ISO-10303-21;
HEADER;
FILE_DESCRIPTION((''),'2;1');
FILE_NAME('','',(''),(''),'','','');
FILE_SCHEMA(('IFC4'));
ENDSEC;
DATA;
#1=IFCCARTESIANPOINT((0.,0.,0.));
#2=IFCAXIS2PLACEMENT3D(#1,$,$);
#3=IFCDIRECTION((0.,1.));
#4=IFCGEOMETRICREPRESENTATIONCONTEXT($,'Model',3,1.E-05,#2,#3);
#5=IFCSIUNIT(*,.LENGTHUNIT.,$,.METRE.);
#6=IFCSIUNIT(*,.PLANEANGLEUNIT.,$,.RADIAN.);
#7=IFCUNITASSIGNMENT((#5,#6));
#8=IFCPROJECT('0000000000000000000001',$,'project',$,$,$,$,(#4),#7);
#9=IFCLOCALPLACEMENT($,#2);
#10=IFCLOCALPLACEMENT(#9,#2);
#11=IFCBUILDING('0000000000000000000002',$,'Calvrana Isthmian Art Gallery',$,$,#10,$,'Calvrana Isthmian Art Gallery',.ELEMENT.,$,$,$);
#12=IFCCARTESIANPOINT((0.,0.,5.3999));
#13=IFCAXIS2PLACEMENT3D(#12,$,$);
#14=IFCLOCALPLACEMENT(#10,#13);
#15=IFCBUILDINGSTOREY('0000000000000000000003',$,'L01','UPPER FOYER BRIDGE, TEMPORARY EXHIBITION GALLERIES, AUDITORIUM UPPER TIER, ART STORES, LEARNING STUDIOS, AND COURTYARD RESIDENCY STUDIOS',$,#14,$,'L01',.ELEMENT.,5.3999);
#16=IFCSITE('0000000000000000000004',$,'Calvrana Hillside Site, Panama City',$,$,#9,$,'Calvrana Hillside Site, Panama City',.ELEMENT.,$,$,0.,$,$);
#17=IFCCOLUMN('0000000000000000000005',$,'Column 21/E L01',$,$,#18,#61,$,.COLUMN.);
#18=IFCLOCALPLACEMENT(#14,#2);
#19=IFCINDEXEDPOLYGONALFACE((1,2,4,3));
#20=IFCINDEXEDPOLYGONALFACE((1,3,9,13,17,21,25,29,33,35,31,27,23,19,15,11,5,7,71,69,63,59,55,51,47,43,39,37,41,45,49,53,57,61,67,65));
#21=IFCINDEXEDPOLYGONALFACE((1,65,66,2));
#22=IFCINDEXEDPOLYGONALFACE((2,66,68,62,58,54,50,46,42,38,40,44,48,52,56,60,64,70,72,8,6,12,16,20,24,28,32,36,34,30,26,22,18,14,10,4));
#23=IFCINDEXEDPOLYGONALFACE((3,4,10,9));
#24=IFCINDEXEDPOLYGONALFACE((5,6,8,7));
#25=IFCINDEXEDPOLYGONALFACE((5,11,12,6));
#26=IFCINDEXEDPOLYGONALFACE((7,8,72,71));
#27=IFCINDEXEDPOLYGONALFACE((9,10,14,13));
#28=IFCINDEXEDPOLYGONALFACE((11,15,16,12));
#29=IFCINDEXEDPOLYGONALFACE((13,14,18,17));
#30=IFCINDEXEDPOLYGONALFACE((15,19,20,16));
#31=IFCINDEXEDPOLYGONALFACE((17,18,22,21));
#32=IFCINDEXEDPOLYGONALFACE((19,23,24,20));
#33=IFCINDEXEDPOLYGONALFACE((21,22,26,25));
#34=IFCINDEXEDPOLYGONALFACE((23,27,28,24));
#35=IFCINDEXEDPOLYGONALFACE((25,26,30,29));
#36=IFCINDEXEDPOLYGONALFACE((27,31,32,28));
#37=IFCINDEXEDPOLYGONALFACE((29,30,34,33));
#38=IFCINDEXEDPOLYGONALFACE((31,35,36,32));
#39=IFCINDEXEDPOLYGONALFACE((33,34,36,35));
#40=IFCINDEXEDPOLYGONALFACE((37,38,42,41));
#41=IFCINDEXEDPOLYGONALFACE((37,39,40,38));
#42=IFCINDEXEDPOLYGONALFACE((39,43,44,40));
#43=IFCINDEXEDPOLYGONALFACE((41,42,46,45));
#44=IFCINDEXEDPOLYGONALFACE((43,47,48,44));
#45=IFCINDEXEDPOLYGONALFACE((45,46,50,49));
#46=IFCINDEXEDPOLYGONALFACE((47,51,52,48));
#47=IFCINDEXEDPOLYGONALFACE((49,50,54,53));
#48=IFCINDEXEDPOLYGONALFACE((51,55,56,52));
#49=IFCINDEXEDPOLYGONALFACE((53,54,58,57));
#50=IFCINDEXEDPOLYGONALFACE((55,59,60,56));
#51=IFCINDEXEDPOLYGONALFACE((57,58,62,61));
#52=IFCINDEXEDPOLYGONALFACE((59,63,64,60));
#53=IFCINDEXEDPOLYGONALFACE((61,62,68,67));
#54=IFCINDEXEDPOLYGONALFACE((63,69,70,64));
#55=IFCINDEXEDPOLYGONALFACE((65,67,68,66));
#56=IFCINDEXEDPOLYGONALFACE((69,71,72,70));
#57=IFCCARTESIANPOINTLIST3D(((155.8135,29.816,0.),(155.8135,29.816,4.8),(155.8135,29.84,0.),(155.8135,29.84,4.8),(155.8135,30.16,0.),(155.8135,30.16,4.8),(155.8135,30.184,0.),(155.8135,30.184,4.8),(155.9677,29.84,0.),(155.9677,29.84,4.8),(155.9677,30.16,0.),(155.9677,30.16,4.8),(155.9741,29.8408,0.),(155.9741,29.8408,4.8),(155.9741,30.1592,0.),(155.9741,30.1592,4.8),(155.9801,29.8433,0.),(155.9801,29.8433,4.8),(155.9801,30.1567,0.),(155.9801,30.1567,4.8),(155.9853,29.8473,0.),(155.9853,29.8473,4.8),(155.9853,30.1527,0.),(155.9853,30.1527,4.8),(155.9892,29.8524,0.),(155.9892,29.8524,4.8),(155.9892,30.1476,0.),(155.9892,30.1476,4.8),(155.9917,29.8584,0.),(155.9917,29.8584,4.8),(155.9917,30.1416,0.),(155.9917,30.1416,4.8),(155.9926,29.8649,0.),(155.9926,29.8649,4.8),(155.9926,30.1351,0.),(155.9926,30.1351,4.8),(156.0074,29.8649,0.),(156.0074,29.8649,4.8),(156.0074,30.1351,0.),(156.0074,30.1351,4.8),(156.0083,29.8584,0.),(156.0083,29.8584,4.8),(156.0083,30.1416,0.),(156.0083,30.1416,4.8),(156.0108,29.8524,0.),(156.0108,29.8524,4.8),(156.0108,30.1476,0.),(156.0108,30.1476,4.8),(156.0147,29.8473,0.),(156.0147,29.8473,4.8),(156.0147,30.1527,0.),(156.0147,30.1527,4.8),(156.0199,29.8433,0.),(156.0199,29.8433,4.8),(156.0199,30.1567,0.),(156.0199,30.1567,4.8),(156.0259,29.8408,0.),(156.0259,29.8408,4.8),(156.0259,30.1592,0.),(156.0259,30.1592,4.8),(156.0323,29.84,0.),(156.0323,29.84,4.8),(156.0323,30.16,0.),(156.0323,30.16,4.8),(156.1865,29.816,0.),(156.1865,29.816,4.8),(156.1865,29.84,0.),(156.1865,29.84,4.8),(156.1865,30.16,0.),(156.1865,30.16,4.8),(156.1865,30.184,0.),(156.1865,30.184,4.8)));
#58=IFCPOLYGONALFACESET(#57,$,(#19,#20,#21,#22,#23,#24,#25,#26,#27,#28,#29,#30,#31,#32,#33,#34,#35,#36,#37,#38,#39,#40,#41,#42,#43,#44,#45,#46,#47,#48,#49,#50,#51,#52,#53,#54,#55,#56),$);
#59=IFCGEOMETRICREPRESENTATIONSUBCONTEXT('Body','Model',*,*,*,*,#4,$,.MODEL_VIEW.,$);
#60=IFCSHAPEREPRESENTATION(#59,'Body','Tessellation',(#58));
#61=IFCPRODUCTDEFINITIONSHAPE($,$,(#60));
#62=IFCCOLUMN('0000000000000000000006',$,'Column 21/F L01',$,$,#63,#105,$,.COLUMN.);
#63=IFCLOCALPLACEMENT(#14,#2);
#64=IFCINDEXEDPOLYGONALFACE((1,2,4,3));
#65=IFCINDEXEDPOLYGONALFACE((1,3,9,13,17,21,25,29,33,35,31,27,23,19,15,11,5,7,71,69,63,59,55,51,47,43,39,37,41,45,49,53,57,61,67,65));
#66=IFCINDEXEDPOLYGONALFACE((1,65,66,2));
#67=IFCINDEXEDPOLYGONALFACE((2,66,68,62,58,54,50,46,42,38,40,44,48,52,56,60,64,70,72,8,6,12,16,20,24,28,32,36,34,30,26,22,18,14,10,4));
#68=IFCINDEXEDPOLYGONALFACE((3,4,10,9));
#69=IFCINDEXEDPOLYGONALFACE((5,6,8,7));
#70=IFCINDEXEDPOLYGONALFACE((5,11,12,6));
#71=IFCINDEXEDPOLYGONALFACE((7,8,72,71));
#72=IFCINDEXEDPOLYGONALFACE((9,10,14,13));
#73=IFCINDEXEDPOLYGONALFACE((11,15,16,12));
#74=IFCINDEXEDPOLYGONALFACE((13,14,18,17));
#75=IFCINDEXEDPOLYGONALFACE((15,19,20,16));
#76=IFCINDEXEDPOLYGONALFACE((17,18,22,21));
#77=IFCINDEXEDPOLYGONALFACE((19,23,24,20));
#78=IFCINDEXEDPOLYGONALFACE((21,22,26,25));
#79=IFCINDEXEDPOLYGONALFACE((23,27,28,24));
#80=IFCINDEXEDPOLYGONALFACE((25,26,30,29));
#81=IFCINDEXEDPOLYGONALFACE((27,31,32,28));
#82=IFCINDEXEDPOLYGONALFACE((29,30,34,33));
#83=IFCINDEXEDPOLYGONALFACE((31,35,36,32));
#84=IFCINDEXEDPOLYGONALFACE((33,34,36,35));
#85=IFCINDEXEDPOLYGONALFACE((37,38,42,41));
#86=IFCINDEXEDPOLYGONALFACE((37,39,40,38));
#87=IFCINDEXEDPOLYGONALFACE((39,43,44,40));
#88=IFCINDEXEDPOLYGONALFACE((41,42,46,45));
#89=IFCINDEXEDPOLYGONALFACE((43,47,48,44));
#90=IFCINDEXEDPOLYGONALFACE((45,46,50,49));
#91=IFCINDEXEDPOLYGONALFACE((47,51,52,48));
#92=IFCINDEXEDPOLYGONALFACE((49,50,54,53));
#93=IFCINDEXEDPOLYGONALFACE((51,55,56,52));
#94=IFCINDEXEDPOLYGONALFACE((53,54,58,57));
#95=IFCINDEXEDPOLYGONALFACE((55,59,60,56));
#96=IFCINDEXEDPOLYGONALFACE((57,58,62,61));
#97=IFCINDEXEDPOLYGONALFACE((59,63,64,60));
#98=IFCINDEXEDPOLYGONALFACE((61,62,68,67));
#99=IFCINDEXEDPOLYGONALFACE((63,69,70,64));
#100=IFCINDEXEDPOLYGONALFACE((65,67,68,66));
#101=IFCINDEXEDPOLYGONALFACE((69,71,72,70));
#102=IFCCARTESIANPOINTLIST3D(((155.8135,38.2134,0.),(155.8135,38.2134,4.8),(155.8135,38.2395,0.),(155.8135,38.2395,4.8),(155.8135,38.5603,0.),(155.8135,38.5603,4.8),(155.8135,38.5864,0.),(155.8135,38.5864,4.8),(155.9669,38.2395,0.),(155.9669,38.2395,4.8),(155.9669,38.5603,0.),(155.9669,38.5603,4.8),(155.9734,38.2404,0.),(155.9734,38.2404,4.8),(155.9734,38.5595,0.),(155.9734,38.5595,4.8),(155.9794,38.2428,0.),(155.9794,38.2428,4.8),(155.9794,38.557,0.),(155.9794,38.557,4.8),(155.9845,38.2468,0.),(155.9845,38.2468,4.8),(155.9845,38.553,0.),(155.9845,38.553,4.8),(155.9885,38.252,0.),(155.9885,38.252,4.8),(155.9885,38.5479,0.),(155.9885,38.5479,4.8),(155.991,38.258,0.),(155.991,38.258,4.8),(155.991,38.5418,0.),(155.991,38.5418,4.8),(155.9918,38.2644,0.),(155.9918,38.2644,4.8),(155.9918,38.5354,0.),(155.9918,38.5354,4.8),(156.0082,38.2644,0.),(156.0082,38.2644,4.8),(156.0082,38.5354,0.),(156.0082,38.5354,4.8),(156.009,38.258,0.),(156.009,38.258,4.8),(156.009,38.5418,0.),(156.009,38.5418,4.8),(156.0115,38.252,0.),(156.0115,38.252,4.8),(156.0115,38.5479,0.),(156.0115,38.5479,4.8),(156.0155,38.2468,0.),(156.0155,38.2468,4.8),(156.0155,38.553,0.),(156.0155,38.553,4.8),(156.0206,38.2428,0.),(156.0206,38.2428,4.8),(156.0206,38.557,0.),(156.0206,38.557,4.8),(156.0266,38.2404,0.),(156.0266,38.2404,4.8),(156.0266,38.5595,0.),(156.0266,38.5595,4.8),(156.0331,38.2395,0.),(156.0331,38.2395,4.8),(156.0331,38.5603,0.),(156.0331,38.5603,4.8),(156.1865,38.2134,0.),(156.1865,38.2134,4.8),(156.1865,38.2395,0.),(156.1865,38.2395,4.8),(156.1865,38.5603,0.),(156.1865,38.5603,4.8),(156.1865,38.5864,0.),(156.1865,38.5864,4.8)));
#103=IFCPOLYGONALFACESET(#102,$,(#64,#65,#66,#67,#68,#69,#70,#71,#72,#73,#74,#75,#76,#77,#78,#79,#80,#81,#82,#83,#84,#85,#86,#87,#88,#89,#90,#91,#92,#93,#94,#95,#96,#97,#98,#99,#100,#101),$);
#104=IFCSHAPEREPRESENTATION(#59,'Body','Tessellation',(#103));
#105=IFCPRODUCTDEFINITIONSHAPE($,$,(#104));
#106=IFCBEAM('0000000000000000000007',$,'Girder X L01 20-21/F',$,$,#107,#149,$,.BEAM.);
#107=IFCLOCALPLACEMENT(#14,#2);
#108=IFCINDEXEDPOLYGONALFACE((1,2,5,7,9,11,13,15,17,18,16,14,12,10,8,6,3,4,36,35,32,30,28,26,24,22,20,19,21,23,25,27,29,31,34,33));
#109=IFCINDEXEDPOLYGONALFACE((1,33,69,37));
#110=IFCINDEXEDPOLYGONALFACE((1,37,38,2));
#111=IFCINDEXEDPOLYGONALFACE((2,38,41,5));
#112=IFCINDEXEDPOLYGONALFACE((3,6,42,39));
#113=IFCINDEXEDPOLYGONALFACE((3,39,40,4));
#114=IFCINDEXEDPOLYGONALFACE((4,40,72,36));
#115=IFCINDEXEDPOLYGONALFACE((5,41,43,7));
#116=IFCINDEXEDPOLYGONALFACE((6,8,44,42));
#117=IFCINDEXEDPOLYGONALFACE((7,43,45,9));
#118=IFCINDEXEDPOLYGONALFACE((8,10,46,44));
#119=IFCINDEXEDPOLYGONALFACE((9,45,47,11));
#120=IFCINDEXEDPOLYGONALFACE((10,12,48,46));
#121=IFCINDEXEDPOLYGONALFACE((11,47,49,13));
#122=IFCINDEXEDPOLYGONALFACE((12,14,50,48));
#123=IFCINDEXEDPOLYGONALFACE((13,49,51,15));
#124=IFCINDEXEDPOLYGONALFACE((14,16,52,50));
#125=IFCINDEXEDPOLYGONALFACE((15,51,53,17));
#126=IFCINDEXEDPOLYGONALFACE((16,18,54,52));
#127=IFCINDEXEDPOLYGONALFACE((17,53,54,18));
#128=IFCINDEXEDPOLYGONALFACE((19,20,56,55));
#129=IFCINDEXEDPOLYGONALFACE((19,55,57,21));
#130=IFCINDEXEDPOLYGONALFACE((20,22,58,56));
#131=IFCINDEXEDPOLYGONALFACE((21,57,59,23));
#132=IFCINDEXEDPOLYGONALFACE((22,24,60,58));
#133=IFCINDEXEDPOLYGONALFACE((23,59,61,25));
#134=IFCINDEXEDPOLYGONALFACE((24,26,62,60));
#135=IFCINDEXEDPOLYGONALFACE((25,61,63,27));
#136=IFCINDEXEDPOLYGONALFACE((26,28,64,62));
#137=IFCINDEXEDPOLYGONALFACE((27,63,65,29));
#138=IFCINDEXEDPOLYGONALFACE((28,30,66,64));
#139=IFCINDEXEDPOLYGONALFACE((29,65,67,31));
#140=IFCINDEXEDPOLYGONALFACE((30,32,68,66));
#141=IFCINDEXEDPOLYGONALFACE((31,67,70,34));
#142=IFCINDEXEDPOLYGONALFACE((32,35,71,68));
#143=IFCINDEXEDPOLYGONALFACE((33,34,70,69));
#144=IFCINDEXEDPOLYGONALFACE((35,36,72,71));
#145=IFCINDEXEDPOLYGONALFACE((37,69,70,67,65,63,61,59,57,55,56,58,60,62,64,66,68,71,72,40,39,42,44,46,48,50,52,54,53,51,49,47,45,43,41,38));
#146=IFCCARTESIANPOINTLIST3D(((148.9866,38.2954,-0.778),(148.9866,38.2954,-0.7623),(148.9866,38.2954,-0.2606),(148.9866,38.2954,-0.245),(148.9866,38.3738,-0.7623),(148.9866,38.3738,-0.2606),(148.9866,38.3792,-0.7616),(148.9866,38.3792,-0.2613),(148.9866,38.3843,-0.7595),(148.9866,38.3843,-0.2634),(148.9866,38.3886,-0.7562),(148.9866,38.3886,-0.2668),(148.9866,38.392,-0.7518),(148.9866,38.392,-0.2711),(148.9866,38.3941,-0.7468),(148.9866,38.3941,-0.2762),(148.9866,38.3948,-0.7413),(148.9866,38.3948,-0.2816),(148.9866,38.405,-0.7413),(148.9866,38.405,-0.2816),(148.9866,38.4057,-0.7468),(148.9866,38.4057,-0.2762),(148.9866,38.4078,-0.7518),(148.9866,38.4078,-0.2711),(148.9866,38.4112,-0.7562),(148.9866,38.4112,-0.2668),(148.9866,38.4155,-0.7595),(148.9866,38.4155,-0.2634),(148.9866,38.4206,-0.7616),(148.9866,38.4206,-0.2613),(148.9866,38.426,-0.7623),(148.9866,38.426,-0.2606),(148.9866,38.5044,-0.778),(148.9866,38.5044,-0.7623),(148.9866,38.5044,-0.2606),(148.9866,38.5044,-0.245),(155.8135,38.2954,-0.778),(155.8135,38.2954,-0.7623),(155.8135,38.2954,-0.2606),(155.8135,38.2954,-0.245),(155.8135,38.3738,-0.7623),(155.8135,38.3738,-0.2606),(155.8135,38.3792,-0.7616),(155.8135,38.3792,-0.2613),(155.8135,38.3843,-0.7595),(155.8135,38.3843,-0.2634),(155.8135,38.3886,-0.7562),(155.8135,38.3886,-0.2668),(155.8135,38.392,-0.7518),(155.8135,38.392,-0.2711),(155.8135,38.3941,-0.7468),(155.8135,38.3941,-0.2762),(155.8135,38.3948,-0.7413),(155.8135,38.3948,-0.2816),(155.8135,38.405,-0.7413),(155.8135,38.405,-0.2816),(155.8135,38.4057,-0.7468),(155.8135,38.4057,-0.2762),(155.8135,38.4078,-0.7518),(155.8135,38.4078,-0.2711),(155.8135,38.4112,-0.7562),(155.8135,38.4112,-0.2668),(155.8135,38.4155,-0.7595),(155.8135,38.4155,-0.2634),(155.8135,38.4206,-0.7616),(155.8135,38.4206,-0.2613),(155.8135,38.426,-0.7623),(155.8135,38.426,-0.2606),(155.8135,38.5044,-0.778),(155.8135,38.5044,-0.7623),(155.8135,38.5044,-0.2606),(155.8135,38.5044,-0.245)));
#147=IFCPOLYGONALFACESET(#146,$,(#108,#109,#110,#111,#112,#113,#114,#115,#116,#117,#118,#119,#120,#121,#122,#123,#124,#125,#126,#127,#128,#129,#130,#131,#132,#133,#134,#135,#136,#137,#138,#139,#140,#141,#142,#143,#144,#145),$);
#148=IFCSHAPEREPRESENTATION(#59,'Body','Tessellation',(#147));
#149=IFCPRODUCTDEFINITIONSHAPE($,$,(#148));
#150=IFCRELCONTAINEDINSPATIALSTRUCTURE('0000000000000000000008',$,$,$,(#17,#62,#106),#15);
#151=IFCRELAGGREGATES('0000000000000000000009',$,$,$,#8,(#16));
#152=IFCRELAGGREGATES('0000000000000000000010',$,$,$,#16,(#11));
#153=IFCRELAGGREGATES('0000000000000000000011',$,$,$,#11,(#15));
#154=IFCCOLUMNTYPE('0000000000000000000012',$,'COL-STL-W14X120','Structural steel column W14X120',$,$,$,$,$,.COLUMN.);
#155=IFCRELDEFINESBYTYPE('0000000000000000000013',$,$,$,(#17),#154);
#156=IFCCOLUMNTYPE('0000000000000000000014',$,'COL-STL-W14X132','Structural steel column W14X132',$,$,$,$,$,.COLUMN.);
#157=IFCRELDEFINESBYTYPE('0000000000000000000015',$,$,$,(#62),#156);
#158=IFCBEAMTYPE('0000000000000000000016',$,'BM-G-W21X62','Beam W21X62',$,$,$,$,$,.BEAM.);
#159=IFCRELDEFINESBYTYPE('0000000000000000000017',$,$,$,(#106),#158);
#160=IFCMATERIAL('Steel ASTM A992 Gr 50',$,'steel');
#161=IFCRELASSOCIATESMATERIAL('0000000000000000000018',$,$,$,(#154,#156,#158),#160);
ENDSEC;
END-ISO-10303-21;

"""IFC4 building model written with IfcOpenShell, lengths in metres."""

from ifc_helpers import new_model, si_unit, direction, frame, origin, origin_2d, place, context, subcontext, project, spatial, i_section, extrude, material, material_profile, profile_set, type_object, element, save


model = new_model("IFC4")

# Units and contexts
model_context = context("Model", 3, precision=1e-05, world=origin(), true_north=direction((0.0, 1.0)))
body_context = subcontext(model_context, "Body", "Model", "MODEL_VIEW")
ifc_project = project(units=[si_unit("LENGTHUNIT", "METRE"), si_unit("PLANEANGLEUNIT", "RADIAN")], contexts=[model_context])

# Site, building, storey
site_placement = place(None, origin())
site = spatial("IfcSite", under=ifc_project, at=site_placement, Name="Calvrana Hillside Site, Panama City", LongName="Calvrana Hillside Site, Panama City", CompositionType="ELEMENT", RefElevation=0.0)
building_placement = place(site_placement, origin())
building = spatial("IfcBuilding", under=site, at=building_placement, Name="Calvrana Isthmian Art Gallery", LongName="Calvrana Isthmian Art Gallery", CompositionType="ELEMENT")
storey_placement = place(building_placement, frame((0.0, 0.0, 5.3999)))
storey = spatial("IfcBuildingStorey", under=building, at=storey_placement, Name="L01", Description="UPPER FOYER BRIDGE, TEMPORARY EXHIBITION GALLERIES, AUDITORIUM UPPER TIER, ART STORES, LEARNING STUDIOS, AND COURTYARD RESIDENCY STUDIOS", LongName="L01", CompositionType="ELEMENT", Elevation=5.3999)

# Columns
ifc_material_1 = material(Name="Steel ASTM A992 Gr 50", Category="steel")
ifc_material_profile_1 = material_profile(ifc_material_1, i_section(OverallWidth=0.373, OverallDepth=0.3679, WebThickness=0.0149, FlangeThickness=0.0239, FilletRadius=0.0249, at=origin_2d()), Name="W14X120")
ifc_profile_set_1 = profile_set([ifc_material_profile_1], Name="Steel ASTM A992 Gr 50")
column_type_1 = type_object("IfcColumnType", Name="COL-STL-W14X120", Description="Structural steel column W14X120", PredefinedType="COLUMN", material=ifc_profile_set_1)
column_1_placement = place(storey_placement, frame((156.0, 30.0, 0.0), z_axis=(0.0, 0.0, 1.0), x_axis=(1.0, 0.0, 0.0)))
element("IfcColumn", 1, at=column_1_placement, inside=storey, type_object=column_type_1, Name="Column 21/E L01", PredefinedType="COLUMN", context=body_context, shape_type="SweptSolid", body=[
    extrude(i_section(OverallWidth=0.373, OverallDepth=0.3679, WebThickness=0.0149, FlangeThickness=0.0239, FilletRadius=0.0249, at=origin_2d()), origin(), (0.0, 0.0, 1.0), 4.8),
])
ifc_material_profile_2 = material_profile(ifc_material_1, i_section(OverallWidth=0.373, OverallDepth=0.373, WebThickness=0.0164, FlangeThickness=0.0261, FilletRadius=0.0249, at=origin_2d()), Name="W14X132")
ifc_profile_set_2 = profile_set([ifc_material_profile_2], Name="Steel ASTM A992 Gr 50")
column_type_2 = type_object("IfcColumnType", Name="COL-STL-W14X132", Description="Structural steel column W14X132", PredefinedType="COLUMN", material=ifc_profile_set_2)
column_2_placement = place(storey_placement, frame((156.0, 38.3999, 0.0), z_axis=(0.0, 0.0, 1.0), x_axis=(1.0, 0.0, 0.0)))
element("IfcColumn", 2, at=column_2_placement, inside=storey, type_object=column_type_2, Name="Column 21/F L01", PredefinedType="COLUMN", context=body_context, shape_type="SweptSolid", body=[
    extrude(i_section(OverallWidth=0.373, OverallDepth=0.373, WebThickness=0.0164, FlangeThickness=0.0261, FilletRadius=0.0249, at=origin_2d()), origin(), (0.0, 0.0, 1.0), 4.8),
])

# Beam
ifc_material_profile_3 = material_profile(ifc_material_1, i_section(OverallWidth=0.209, OverallDepth=0.533, WebThickness=0.0103, FlangeThickness=0.0156, FilletRadius=0.021, at=origin_2d()), Name="W21X62")
ifc_profile_set_3 = profile_set([ifc_material_profile_3], Name="Steel ASTM A992 Gr 50")
beam_type_1 = type_object("IfcBeamType", Name="BM-G-W21X62", Description="Beam W21X62", PredefinedType="BEAM", material=ifc_profile_set_3)
beam_1_placement = place(storey_placement, frame((148.9866, 38.3999, -0.5115), z_axis=(1.0, 0.0, 0.0), x_axis=(0.0, 1.0, 0.0)))
element("IfcBeam", 3, at=beam_1_placement, inside=storey, type_object=beam_type_1, Name="Girder X L01 20-21/F", PredefinedType="BEAM", context=body_context, shape_type="SweptSolid", body=[
    extrude(i_section(OverallWidth=0.209, OverallDepth=0.533, WebThickness=0.0103, FlangeThickness=0.0156, FilletRadius=0.021, at=origin_2d()), origin(), (0.0, 0.0, 1.0), 6.8269),
])

save(model, "model.ifc")
